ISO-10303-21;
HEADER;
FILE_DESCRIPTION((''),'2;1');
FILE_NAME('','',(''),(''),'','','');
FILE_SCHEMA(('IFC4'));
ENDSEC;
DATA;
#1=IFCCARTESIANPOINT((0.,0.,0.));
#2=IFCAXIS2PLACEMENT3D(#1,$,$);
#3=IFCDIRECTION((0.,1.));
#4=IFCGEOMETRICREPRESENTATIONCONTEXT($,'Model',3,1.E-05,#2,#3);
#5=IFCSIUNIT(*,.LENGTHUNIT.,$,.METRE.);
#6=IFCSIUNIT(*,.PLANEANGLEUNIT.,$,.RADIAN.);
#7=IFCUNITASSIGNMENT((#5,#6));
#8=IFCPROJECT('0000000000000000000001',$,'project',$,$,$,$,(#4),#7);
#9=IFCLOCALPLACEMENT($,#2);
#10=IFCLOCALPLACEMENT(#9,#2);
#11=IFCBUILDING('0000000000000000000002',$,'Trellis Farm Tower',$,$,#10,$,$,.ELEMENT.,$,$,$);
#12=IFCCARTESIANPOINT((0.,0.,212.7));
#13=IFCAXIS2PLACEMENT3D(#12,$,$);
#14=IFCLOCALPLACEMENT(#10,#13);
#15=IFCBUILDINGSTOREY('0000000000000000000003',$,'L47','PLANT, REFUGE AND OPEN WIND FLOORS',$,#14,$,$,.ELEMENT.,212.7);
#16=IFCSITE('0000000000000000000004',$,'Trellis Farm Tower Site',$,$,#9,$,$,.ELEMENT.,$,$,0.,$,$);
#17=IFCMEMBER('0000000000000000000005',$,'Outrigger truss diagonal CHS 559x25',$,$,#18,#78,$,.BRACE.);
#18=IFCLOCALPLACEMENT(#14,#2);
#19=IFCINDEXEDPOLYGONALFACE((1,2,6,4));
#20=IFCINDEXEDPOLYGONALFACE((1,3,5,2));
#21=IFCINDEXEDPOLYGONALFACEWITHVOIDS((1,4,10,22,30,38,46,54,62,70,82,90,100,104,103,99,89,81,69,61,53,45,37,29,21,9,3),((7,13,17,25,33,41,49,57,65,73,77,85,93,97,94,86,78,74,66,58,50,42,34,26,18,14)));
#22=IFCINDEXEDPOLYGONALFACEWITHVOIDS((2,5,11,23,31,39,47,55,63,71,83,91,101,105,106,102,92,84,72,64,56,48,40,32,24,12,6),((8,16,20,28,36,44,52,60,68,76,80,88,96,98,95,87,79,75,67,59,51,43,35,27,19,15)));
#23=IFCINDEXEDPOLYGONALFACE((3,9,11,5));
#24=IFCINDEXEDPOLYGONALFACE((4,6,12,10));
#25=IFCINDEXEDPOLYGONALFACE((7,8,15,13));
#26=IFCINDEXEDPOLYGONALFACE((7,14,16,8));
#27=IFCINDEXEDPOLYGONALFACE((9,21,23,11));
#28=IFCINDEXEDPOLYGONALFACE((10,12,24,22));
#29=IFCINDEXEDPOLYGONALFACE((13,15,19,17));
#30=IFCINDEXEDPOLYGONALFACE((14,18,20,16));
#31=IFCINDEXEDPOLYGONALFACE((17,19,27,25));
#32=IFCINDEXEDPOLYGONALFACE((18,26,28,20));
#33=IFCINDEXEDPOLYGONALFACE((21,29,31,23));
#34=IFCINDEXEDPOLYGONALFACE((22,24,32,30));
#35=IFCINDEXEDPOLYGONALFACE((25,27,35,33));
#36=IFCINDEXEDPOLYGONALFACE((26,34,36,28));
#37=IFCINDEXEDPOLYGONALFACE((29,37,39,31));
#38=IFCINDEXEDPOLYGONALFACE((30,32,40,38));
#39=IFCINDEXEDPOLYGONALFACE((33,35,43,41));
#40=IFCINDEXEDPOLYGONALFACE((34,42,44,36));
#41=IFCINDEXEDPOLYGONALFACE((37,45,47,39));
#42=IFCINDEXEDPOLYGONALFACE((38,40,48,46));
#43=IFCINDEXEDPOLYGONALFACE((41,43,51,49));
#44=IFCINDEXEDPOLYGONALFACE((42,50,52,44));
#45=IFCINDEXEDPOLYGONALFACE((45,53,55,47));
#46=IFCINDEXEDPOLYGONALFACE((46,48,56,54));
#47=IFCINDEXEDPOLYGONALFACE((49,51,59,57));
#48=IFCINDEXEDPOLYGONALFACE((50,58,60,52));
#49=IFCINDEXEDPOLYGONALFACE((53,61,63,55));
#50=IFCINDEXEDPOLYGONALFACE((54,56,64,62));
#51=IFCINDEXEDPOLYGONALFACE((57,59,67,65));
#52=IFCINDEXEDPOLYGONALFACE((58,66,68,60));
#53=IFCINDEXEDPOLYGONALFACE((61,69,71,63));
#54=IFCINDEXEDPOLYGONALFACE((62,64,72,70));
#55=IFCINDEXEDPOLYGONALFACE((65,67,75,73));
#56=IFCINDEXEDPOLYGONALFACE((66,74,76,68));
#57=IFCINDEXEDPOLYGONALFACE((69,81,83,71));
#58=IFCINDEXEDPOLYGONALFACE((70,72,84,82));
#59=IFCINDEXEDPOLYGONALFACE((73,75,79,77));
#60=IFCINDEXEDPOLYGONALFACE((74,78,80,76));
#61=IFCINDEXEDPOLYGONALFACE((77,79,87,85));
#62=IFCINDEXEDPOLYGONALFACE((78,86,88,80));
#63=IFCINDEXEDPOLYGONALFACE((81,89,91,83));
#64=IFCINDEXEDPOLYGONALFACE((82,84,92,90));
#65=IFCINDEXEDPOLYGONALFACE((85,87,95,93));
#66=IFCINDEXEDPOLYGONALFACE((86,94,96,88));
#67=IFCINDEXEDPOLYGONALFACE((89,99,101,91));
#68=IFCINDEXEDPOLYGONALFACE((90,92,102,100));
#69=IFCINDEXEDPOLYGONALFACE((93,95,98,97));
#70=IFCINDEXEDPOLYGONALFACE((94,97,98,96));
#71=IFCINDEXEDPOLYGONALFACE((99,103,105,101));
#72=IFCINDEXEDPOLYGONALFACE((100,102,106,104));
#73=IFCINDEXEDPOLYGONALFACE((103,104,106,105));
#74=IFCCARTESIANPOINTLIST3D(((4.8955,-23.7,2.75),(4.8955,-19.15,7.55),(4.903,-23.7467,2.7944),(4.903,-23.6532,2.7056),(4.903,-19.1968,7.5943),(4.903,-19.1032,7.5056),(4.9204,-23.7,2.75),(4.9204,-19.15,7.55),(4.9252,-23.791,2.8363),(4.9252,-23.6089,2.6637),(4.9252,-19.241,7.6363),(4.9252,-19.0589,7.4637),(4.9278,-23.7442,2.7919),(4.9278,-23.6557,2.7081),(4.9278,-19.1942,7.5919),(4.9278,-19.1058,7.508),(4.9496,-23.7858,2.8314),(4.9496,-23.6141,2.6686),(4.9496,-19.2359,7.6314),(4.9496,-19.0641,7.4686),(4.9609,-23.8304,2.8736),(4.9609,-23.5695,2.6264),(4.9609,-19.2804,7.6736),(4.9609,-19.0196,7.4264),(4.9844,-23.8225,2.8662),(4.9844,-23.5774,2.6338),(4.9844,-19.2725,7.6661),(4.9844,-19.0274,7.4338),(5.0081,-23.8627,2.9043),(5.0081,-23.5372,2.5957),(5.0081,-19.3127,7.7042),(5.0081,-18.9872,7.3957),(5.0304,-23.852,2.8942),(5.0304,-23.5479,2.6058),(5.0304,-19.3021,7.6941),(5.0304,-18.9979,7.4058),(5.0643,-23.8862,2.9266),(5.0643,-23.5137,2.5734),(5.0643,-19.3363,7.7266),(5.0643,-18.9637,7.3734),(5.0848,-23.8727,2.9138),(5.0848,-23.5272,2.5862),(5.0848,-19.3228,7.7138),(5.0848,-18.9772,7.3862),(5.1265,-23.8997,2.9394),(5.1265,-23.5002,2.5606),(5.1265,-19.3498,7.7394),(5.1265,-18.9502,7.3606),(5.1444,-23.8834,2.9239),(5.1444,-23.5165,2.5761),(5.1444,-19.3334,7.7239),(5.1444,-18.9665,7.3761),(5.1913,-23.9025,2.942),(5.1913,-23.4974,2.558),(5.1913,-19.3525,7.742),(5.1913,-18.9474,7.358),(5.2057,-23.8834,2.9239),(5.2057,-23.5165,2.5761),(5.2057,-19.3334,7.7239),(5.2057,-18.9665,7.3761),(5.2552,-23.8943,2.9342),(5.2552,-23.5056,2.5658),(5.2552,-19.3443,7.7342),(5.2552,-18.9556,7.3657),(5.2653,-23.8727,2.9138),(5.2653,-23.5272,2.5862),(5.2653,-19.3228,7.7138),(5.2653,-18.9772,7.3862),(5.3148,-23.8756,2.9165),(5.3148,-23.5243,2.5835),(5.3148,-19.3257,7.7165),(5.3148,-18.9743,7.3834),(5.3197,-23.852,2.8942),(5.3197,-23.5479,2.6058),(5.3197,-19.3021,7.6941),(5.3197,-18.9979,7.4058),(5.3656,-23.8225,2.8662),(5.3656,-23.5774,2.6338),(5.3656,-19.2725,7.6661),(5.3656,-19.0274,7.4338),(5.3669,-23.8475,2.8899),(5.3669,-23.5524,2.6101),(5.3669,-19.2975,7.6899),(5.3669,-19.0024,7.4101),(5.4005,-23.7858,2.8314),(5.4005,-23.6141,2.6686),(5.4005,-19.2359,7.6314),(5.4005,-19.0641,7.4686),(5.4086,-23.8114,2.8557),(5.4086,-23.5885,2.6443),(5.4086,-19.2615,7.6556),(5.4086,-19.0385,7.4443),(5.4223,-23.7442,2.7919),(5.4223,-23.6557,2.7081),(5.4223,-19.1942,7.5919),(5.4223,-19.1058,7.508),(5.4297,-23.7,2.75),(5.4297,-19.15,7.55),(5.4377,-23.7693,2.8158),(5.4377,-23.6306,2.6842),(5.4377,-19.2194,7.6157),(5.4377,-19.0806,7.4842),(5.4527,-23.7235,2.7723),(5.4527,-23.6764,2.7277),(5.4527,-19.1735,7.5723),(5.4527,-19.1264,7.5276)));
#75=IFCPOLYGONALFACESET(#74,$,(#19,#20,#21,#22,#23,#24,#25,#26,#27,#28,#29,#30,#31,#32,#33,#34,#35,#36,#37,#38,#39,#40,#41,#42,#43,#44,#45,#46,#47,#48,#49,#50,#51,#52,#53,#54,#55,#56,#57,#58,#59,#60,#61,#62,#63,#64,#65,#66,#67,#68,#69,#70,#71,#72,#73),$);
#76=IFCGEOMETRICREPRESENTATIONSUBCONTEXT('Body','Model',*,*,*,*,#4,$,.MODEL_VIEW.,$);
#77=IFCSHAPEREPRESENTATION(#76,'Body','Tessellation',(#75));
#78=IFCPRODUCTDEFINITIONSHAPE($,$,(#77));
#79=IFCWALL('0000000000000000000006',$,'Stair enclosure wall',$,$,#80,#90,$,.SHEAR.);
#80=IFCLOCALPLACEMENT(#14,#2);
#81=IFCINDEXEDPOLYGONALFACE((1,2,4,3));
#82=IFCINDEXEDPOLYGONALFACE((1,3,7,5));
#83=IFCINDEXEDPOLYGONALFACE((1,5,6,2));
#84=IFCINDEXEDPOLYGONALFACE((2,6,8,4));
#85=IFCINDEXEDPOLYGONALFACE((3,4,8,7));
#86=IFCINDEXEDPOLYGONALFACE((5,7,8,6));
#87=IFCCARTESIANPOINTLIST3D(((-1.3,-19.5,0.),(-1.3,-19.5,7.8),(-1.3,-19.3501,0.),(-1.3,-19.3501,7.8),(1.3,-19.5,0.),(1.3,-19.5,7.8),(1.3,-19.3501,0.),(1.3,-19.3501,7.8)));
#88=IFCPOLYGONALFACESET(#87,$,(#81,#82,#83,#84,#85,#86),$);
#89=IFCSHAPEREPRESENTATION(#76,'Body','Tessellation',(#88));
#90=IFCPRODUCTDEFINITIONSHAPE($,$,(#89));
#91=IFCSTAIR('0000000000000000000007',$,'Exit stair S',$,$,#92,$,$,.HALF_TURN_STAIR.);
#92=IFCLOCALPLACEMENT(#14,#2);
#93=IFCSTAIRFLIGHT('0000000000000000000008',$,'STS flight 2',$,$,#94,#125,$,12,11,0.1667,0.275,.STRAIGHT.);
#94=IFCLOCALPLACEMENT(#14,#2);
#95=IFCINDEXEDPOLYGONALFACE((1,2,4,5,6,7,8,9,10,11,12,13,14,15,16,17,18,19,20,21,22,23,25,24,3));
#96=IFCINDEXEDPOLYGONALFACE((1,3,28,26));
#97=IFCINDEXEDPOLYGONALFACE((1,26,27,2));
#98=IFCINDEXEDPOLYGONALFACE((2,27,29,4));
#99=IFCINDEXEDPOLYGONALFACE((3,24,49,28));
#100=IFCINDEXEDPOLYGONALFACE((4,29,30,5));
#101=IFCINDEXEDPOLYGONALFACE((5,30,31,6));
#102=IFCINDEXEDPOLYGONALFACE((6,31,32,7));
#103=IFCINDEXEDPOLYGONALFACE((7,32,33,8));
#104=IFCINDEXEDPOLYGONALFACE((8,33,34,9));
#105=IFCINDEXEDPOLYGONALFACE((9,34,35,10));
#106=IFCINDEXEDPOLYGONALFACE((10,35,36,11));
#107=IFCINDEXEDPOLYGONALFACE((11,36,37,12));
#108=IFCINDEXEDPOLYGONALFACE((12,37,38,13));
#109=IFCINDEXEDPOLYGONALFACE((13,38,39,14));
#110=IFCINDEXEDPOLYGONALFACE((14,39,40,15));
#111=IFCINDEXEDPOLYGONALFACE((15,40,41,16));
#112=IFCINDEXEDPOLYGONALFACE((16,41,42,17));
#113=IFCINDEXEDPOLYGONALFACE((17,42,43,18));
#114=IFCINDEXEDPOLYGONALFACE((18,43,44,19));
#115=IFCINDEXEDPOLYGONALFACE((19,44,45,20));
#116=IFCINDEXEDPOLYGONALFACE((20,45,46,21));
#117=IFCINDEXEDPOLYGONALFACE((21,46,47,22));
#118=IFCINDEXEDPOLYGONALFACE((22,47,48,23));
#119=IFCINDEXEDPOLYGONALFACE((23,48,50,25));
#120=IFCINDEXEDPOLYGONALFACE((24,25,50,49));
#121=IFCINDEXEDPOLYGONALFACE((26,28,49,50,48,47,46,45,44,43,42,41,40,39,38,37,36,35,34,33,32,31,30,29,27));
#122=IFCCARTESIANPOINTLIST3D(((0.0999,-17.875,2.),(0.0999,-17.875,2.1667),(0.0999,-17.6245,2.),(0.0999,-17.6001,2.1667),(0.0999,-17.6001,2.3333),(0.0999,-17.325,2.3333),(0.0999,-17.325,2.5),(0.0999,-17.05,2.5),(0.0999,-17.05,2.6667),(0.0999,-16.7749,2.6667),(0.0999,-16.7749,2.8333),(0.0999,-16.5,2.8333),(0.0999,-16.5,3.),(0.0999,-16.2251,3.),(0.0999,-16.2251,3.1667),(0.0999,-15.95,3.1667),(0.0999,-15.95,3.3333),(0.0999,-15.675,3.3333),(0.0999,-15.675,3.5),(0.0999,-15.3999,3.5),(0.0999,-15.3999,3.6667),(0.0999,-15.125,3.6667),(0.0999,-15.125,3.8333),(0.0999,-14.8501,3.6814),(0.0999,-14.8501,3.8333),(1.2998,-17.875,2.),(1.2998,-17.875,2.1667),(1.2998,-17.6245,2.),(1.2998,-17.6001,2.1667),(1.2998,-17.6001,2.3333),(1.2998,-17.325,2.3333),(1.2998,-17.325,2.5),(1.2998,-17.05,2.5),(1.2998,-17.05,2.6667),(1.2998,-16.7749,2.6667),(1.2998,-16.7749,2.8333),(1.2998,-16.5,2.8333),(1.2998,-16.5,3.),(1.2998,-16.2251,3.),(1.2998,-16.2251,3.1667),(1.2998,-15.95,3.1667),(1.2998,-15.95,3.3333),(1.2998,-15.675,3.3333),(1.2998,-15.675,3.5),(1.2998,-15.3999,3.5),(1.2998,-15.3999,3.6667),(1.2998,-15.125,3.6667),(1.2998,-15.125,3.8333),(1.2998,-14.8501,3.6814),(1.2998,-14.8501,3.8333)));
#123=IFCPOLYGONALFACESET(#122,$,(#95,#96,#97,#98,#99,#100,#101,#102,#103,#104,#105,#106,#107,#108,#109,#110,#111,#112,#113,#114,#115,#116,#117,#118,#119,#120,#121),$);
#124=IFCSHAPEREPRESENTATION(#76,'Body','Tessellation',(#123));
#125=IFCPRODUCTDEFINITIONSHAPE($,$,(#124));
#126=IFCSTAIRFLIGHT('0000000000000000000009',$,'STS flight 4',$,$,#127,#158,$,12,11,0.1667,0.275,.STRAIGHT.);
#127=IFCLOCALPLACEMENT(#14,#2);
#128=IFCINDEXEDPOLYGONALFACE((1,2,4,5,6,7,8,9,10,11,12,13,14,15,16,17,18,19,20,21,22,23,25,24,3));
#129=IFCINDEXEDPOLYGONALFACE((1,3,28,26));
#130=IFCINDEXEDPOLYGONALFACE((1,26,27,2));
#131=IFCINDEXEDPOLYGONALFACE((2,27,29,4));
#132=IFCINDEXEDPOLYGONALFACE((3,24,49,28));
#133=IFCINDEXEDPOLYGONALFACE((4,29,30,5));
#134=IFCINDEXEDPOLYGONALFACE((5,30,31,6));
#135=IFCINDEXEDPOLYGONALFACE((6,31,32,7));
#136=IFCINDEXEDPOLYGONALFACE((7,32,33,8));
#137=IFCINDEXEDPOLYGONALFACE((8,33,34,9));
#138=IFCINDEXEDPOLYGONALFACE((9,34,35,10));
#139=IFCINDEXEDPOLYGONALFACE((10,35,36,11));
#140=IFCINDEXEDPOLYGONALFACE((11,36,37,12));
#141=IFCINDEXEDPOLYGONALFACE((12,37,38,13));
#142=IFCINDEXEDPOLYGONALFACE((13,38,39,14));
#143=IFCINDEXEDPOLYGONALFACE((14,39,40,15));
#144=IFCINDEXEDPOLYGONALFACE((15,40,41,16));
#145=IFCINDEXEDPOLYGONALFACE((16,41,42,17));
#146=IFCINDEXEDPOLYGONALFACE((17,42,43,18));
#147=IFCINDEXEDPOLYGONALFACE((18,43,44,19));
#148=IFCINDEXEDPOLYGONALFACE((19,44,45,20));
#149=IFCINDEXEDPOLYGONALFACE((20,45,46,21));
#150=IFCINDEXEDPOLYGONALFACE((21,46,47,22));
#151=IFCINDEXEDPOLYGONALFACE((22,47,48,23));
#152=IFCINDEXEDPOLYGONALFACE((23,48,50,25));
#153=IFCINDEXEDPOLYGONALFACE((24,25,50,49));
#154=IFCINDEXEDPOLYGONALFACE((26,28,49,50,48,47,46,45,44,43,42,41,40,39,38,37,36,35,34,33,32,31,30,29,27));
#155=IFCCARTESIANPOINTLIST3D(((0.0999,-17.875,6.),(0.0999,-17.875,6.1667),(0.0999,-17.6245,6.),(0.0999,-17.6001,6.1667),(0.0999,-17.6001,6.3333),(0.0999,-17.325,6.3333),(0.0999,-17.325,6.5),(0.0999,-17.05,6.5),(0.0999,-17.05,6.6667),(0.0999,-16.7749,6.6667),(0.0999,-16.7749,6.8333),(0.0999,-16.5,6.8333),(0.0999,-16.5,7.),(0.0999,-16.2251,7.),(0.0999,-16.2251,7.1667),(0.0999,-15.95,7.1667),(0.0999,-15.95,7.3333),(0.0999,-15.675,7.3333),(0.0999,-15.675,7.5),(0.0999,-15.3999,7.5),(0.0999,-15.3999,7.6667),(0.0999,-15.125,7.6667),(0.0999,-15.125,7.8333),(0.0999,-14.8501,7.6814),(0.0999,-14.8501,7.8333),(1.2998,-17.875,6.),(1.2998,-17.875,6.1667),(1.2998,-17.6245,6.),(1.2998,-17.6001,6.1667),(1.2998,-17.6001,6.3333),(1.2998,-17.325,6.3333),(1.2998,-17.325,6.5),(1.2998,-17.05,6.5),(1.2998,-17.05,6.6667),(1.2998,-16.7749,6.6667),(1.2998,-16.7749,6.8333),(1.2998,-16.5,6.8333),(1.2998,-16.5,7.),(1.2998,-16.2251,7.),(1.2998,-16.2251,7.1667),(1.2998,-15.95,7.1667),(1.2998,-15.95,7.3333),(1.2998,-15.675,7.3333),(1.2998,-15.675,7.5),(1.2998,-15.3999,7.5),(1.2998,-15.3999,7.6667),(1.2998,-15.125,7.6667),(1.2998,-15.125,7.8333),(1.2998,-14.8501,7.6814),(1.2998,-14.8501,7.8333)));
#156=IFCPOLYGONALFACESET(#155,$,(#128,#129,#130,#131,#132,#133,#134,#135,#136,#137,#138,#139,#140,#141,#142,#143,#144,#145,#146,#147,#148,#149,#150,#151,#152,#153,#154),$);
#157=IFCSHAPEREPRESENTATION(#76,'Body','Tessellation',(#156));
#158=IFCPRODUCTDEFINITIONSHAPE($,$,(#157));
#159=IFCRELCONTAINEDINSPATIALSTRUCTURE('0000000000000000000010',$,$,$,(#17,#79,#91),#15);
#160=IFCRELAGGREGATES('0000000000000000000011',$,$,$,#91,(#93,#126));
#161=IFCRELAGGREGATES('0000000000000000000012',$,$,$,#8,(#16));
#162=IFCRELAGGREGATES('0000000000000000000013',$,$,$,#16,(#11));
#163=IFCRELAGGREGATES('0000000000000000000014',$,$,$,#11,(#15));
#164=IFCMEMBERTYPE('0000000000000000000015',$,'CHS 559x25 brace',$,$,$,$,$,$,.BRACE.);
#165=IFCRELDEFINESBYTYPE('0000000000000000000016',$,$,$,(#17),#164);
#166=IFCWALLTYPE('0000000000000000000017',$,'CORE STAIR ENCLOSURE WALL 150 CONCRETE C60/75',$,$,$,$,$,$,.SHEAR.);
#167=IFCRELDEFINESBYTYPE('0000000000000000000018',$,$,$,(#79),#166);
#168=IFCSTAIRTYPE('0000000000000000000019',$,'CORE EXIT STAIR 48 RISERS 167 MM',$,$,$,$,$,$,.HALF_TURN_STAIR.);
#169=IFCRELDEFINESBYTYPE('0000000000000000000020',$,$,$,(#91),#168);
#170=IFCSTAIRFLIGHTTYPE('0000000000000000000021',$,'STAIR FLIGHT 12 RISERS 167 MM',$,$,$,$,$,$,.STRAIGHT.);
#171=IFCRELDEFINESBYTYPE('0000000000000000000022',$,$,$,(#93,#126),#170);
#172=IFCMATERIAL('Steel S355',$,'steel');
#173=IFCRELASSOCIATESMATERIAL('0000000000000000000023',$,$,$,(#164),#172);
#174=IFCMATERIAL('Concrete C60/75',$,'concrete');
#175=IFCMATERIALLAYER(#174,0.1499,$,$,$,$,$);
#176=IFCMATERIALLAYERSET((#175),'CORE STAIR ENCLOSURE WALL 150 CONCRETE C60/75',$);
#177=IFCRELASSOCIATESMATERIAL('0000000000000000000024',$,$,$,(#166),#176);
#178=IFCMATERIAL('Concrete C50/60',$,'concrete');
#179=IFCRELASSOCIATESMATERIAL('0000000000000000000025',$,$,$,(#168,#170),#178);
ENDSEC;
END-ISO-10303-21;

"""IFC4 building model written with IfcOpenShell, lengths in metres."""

from ifc_helpers import new_model, si_unit, direction, frame, frame_2d, origin, origin_2d, place, context, subcontext, project, spatial, polyline, rectangle, hollow_circle, outline, extrude, source, transform, mapped, material, layer, layer_set, material_profile, profile_set, type_object, element, aggregate, save


model = new_model("IFC4")

# Units and contexts
model_context = context("Model", 3, precision=1e-05, world=origin(), true_north=direction((0.0, 1.0)))
body_context = subcontext(model_context, "Body", "Model", "MODEL_VIEW")
ifc_project = project(units=[si_unit("LENGTHUNIT", "METRE"), si_unit("PLANEANGLEUNIT", "RADIAN")], contexts=[model_context])

# Site, building, storey
site_placement = place(None, origin())
site = spatial("IfcSite", under=ifc_project, at=site_placement, Name="Trellis Farm Tower Site", CompositionType="ELEMENT", RefElevation=0.0)
building_placement = place(site_placement, origin())
building = spatial("IfcBuilding", under=site, at=building_placement, Name="Trellis Farm Tower", CompositionType="ELEMENT")
storey_placement = place(building_placement, frame((0.0, 0.0, 212.7)))
storey = spatial("IfcBuildingStorey", under=building, at=storey_placement, Name="L47", Description="PLANT, REFUGE AND OPEN WIND FLOORS", CompositionType="ELEMENT", Elevation=212.7)

# Shared definitions
ifc_material_1 = material(Name="Concrete C60/75", Category="concrete")

# Shared definitions
ifc_material_2 = material(Name="Steel S355", Category="steel")

# Member
ifc_material_profile_1 = material_profile(ifc_material_2, hollow_circle(Radius=0.2795, WallThickness=0.0249, at=origin_2d()), Name="CHS 559x25")
ifc_profile_set_1 = profile_set([ifc_material_profile_1], Name="Steel S355")
member_type = type_object("IfcMemberType", Name="CHS 559x25 brace", PredefinedType="BRACE", material=ifc_profile_set_1)
shared_shape_1 = source(origin(), body_context, "Body", "SweptSolid", [
    extrude(hollow_circle(Radius=0.2795, WallThickness=0.0249, at=origin_2d()), origin(), (0.0, 0.0, 1.0), 6.6138),
])
member_1_placement = place(storey_placement, frame((5.175, -23.7, 2.75), z_axis=(0.0, 0.687955, 0.725754), x_axis=(-1.0, 0.0, 0.0)))
element("IfcMember", 1, at=member_1_placement, inside=storey, type_object=member_type, Name="Outrigger truss diagonal CHS 559x25", PredefinedType="BRACE", context=body_context, shape_type="MappedRepresentation", body=[
    mapped(shared_shape_1, transform((0.0, 0.0, 0.0))),
])

# Wall
ifc_layer = layer(ifc_material_1, 0.1499)
ifc_layer_set = layer_set([ifc_layer], Name="CORE STAIR ENCLOSURE WALL 150 CONCRETE C60/75")
wall_type = type_object("IfcWallType", Name="CORE STAIR ENCLOSURE WALL 150 CONCRETE C60/75", PredefinedType="SHEAR", material=ifc_layer_set)
shared_shape_2 = source(origin(), body_context, "Body", "SweptSolid", [
    extrude(rectangle(XDim=2.6001, YDim=0.1499, at=frame_2d((1.3, 0.0))), origin(), (0.0, 0.0, 1.0), 7.8),
])
wall_placement = place(storey_placement, frame((1.3, -19.425, 0.0), z_axis=(0.0, 0.0, 1.0), x_axis=(-1.0, 0.0, 0.0)))
element("IfcWall", 2, at=wall_placement, inside=storey, type_object=wall_type, Name="Stair enclosure wall", PredefinedType="SHEAR", context=body_context, shape_type="MappedRepresentation", body=[
    mapped(shared_shape_2, transform((0.0, 0.0, 0.0))),
])

# Stair, stair flights
ifc_material_3 = material(Name="Concrete C50/60", Category="concrete")
stair_type = type_object("IfcStairType", Name="CORE EXIT STAIR 48 RISERS 167 MM", PredefinedType="HALF_TURN_STAIR", material=ifc_material_3)
stair_placement = place(storey_placement, origin())
stair = element("IfcStair", 3, at=stair_placement, inside=storey, type_object=stair_type, Name="Exit stair S", PredefinedType="HALF_TURN_STAIR")
stair_flight_type = type_object("IfcStairFlightType", Name="STAIR FLIGHT 12 RISERS 167 MM", PredefinedType="STRAIGHT", material=ifc_material_3)
shared_shape_3 = source(origin(), body_context, "Body", "SweptSolid", [
    extrude(outline(polyline([(0.0, 0.0), (0.0, 0.1667), (0.2749, 0.1667), (0.2749, 0.3333), (0.55, 0.3333), (0.55, 0.5), (0.825, 0.5), (0.825, 0.6667), (1.1001, 0.6667), (1.1001, 0.8333), (1.375, 0.8333), (1.375, 1.0), (1.6499, 1.0), (1.6499, 1.1667), (1.925, 1.1667), (1.925, 1.3333), (2.2, 1.3333), (2.2, 1.5), (2.4751, 1.5), (2.4751, 1.6667), (2.75, 1.6667), (2.75, 1.8333), (3.0249, 1.8333), (3.0249, 2.0), (3.0249, 1.6814), (0.2505, 0.0), (0.0, 0.0)])), frame((0.0, 0.6001, 0.0), z_axis=(0.0, -1.0, 0.0), x_axis=(1.0, 0.0, 0.0)), (0.0, 0.0, 1.0), 1.2),
])
stair_flight_1_placement = place(storey_placement, frame((0.7, -17.875, 2.0), z_axis=(0.0, 0.0, 1.0), x_axis=(0.0, 1.0, 0.0)))
stair_flight_1 = element("IfcStairFlight", 4, at=stair_flight_1_placement, type_object=stair_flight_type, Name="STS flight 2", NumberOfRisers=12, NumberOfTreads=11, PredefinedType="STRAIGHT", RiserHeight=0.1667, TreadLength=0.275, context=body_context, shape_type="MappedRepresentation", body=[
    mapped(shared_shape_3, transform((0.0, 0.0, 0.0))),
])
stair_flight_2_placement = place(storey_placement, frame((0.7, -17.875, 6.0), z_axis=(0.0, 0.0, 1.0), x_axis=(0.0, 1.0, 0.0)))
stair_flight_2 = element("IfcStairFlight", 5, at=stair_flight_2_placement, type_object=stair_flight_type, Name="STS flight 4", NumberOfRisers=12, NumberOfTreads=11, PredefinedType="STRAIGHT", RiserHeight=0.1667, TreadLength=0.275, context=body_context, shape_type="MappedRepresentation", body=[
    mapped(shared_shape_3, transform((0.0, 0.0, 0.0))),
])
aggregate(stair, [stair_flight_1, stair_flight_2])

save(model, "model.ifc")
